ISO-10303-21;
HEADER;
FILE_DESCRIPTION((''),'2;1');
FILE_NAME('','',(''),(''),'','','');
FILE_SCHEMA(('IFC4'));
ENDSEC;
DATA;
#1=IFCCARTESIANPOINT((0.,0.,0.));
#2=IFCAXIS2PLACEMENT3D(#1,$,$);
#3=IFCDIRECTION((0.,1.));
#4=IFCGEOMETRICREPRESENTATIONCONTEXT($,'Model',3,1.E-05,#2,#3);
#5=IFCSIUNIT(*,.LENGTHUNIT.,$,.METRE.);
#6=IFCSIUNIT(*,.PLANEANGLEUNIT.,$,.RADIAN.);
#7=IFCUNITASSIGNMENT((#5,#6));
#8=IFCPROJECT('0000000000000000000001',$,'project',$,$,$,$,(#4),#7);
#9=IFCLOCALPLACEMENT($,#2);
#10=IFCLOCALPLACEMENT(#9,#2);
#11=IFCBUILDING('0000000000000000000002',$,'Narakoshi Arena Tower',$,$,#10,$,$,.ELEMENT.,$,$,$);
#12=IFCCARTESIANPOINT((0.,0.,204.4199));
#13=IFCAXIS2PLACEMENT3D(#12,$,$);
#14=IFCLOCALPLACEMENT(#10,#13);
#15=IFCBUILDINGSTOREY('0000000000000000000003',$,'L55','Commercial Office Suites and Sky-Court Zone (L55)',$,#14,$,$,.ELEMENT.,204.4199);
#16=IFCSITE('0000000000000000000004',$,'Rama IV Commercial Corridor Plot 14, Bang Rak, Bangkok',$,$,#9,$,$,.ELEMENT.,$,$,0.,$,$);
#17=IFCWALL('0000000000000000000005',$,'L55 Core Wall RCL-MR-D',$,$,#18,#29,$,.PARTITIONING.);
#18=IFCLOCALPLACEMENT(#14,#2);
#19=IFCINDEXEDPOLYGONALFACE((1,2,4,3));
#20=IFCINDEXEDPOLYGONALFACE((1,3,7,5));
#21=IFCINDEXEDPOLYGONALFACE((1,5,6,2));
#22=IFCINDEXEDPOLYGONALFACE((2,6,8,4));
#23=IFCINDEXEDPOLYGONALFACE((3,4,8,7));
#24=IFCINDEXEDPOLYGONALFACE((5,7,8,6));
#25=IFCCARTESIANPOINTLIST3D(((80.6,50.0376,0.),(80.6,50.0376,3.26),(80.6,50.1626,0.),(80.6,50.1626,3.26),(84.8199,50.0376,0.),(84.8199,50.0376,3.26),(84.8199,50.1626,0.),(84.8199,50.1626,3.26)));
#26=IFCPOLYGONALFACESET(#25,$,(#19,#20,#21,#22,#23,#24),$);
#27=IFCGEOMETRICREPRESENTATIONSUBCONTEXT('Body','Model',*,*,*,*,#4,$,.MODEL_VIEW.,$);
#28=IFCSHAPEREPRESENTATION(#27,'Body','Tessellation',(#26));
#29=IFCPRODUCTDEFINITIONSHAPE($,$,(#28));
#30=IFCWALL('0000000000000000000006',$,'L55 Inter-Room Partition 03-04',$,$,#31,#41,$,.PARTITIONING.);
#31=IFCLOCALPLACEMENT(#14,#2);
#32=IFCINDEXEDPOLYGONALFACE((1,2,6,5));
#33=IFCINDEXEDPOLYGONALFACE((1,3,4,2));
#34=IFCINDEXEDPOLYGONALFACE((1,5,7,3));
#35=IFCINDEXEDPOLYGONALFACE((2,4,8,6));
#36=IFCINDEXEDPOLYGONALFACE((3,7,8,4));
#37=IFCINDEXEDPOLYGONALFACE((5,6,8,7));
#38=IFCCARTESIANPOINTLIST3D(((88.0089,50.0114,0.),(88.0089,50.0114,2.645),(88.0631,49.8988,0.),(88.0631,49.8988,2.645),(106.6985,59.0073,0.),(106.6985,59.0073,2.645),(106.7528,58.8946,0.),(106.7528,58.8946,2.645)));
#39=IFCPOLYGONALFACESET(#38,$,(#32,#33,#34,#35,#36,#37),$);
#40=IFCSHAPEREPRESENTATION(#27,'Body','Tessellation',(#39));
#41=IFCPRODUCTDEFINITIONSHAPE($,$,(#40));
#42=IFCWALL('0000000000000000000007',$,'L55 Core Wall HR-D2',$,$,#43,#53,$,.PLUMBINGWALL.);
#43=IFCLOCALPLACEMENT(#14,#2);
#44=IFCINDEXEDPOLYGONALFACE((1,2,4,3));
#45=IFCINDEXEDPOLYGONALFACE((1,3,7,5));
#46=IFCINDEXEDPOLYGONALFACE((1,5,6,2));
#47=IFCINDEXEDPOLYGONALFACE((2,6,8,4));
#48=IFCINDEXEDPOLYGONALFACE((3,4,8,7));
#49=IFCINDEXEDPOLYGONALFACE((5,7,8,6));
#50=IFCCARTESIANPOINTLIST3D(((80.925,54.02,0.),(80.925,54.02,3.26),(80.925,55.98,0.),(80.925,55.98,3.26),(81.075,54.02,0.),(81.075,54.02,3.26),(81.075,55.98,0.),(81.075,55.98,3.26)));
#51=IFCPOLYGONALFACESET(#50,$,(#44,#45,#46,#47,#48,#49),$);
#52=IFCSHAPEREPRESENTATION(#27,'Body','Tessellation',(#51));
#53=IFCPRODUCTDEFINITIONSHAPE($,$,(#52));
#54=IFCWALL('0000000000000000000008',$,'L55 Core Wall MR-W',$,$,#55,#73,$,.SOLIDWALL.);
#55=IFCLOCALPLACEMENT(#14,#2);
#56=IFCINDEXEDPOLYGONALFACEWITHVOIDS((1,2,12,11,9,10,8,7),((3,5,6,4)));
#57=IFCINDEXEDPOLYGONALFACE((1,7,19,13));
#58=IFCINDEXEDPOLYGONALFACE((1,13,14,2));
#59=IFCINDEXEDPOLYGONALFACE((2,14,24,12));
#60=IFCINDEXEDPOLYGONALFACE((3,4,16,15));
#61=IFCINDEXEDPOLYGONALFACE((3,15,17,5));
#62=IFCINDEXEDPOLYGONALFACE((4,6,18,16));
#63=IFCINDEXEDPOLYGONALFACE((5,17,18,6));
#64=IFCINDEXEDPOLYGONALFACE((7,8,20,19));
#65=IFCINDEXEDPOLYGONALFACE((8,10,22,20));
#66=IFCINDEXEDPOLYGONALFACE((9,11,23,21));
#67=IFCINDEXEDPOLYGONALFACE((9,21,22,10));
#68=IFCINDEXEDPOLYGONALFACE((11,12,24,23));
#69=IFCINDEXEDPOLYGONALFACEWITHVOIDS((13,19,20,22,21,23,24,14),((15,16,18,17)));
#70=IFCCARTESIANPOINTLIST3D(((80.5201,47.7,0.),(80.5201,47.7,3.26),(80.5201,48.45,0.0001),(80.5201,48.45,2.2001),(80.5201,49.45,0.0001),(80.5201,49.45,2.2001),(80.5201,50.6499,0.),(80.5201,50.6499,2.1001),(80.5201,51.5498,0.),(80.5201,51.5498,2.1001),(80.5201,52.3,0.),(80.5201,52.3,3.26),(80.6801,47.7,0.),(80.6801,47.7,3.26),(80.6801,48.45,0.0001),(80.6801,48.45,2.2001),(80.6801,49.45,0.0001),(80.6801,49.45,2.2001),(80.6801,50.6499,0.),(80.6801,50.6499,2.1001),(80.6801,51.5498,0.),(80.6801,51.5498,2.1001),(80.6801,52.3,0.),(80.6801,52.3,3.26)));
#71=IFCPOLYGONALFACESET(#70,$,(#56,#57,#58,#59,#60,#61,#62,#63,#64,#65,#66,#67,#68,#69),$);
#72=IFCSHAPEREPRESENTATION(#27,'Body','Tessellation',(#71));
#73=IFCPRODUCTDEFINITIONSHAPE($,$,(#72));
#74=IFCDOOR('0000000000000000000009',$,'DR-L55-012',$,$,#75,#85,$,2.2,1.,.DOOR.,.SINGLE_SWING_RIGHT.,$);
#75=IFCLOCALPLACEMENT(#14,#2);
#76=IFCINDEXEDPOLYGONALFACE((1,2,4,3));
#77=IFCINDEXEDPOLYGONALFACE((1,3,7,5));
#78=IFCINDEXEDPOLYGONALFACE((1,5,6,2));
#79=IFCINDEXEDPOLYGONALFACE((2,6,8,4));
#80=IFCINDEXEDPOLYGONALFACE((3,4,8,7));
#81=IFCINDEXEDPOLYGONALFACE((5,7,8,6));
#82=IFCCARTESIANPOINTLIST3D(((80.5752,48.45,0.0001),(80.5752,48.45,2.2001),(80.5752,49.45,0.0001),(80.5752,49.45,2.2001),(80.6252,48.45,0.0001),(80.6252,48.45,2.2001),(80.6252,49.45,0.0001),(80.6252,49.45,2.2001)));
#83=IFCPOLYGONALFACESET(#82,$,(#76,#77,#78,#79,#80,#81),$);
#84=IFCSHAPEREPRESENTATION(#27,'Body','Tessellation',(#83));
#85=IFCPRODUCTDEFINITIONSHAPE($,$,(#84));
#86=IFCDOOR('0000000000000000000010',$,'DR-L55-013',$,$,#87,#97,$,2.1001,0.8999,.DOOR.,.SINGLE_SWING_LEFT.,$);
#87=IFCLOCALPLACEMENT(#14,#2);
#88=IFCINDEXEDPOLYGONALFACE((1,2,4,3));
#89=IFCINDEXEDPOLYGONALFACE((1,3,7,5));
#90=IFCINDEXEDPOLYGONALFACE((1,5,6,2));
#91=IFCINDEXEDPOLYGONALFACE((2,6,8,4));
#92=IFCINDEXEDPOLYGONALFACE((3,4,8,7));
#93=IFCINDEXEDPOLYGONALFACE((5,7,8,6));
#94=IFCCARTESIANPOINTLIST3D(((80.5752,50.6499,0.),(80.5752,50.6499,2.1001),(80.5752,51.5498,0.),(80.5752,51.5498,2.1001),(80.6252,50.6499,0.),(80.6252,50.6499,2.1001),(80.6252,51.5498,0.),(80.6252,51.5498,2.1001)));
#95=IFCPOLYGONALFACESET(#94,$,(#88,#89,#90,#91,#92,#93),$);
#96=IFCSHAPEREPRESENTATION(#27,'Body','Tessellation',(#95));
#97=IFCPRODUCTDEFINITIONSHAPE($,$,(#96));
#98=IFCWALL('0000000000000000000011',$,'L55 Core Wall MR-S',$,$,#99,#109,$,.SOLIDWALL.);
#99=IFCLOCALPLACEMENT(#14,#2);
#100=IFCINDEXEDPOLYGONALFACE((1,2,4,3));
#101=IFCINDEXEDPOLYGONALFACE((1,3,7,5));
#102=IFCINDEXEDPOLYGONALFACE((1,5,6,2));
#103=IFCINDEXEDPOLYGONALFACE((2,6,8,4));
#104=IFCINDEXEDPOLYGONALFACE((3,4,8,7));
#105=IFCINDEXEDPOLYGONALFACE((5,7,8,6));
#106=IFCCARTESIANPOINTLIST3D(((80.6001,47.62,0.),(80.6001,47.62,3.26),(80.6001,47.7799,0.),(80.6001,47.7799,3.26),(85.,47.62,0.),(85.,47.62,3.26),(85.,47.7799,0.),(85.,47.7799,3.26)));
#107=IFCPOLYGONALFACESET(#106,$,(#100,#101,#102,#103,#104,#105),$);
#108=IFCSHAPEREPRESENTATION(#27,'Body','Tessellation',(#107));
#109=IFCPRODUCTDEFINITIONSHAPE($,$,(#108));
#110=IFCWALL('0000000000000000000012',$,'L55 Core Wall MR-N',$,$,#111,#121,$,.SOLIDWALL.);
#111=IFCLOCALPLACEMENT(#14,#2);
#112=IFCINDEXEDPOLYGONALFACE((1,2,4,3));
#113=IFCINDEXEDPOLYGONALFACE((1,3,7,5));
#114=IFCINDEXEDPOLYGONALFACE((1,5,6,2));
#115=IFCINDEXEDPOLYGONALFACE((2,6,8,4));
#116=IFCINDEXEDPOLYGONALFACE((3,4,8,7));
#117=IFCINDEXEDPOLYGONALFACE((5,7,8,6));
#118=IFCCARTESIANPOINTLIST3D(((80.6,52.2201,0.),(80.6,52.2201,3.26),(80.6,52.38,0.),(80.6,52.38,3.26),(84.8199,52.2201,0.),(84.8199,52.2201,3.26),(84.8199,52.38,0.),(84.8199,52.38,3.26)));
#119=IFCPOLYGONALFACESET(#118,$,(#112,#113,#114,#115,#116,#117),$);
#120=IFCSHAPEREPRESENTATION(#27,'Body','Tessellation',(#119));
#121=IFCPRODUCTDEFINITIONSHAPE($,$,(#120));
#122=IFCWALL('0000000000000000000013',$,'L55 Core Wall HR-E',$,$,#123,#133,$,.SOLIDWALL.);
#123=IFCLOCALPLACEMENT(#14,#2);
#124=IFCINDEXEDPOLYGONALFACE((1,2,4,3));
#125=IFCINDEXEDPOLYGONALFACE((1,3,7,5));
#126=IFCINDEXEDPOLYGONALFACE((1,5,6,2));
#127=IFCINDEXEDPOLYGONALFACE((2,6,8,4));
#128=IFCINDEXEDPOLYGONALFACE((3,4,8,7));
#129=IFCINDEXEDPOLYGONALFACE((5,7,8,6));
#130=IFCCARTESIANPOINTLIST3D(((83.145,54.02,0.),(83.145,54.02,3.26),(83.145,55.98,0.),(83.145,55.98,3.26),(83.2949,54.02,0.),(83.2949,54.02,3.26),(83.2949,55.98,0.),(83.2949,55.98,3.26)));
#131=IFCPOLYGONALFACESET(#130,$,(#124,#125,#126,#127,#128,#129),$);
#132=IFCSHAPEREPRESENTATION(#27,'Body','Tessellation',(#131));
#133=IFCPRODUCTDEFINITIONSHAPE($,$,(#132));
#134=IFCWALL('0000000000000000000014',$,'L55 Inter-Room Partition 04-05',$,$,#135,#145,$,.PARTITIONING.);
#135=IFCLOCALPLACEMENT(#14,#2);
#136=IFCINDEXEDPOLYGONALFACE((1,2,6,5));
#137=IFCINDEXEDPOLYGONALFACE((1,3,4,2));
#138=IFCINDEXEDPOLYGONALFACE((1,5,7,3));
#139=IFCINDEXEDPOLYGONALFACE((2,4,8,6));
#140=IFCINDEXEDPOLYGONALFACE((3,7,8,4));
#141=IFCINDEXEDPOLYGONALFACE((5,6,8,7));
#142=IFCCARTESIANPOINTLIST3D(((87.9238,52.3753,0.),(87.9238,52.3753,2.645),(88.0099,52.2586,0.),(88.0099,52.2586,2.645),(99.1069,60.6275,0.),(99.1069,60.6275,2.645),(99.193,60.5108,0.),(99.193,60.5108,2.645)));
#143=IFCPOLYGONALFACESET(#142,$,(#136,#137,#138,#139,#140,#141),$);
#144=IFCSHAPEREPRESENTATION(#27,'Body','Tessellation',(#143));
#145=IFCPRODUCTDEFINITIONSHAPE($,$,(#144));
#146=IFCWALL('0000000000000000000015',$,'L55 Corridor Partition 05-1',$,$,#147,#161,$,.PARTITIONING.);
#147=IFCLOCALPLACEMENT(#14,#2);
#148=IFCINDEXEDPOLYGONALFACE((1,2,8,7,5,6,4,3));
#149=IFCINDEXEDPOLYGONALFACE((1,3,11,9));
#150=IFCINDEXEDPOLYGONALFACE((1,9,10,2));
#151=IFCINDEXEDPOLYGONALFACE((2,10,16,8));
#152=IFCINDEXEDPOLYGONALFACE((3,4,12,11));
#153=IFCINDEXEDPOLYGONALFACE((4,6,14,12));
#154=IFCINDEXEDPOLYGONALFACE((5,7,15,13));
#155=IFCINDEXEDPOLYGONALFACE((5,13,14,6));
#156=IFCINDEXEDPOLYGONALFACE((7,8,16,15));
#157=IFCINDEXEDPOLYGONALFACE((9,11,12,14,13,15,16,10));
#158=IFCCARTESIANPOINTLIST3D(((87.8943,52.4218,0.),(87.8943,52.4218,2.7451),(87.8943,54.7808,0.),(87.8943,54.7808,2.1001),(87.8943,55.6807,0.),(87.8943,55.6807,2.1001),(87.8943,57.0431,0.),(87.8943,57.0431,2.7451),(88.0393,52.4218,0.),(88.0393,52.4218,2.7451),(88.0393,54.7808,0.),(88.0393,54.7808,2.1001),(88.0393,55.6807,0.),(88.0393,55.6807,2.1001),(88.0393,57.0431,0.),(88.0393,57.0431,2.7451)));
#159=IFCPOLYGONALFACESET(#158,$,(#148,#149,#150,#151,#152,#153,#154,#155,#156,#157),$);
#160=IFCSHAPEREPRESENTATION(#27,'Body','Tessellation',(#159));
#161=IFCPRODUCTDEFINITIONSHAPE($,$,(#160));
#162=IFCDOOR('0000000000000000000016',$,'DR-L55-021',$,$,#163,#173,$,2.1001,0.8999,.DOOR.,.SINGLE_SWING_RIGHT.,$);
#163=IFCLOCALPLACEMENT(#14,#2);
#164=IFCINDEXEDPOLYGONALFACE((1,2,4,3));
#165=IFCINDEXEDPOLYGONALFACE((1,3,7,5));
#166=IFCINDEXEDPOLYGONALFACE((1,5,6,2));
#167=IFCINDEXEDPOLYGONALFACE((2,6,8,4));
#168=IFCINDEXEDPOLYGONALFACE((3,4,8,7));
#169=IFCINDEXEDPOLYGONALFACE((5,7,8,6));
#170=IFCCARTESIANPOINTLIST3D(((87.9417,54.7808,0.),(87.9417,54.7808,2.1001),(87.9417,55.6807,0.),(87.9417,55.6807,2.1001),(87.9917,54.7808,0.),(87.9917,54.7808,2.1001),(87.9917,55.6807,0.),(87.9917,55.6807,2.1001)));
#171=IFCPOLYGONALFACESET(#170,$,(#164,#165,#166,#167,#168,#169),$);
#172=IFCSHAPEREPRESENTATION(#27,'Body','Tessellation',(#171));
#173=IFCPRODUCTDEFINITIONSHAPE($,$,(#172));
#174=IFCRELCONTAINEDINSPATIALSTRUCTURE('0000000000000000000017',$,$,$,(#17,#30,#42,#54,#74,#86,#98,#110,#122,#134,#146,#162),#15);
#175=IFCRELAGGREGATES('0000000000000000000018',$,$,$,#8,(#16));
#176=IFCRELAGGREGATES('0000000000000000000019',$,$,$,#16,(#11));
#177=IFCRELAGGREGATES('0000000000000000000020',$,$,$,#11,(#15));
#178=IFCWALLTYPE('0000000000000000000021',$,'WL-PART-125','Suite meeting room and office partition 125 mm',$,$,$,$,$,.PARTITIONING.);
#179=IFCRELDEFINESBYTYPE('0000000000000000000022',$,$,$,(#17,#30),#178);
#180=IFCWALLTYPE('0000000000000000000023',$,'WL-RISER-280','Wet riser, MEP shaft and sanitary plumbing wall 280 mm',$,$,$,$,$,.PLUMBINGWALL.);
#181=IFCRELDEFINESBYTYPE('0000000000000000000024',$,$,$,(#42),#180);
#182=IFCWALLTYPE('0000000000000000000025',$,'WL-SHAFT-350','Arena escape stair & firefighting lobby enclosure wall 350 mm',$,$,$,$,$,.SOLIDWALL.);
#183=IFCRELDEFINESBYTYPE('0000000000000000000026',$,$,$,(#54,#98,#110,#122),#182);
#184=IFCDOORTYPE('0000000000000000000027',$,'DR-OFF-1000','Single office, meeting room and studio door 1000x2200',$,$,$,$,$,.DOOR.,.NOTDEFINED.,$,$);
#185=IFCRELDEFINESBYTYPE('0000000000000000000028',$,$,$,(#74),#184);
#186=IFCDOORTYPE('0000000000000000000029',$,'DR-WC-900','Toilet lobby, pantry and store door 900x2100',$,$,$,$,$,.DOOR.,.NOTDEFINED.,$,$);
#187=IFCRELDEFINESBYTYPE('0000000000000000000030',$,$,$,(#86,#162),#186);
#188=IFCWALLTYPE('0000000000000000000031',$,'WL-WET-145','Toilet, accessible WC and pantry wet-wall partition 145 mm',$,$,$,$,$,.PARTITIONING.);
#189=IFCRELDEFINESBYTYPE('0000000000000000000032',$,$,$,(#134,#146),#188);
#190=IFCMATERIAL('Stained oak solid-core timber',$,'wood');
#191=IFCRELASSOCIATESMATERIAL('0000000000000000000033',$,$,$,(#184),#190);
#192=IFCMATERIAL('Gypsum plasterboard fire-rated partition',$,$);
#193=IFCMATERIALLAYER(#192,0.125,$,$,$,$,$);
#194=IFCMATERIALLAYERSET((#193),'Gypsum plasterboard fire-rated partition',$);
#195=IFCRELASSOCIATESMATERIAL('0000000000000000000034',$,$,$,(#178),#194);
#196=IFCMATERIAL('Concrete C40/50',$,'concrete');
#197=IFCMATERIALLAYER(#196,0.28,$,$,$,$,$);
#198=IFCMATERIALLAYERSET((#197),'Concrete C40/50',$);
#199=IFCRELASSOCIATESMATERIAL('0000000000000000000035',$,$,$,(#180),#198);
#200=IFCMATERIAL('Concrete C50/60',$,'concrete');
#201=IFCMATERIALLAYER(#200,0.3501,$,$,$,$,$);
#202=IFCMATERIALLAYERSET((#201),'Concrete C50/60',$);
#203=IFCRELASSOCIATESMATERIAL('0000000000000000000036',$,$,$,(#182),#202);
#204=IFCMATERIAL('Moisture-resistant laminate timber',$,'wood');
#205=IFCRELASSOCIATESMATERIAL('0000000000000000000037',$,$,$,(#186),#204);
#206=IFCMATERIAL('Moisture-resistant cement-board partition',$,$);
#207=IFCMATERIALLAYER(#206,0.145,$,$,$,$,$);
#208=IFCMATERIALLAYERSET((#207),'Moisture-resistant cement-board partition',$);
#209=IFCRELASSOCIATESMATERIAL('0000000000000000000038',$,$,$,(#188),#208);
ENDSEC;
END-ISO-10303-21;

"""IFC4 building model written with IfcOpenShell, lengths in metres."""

from ifc_helpers import new_model, si_unit, direction, frame, frame_2d, origin, place, context, subcontext, project, spatial, rectangle, extrude, material, layer, layer_set, type_object, element, fill, save


model = new_model("IFC4")

# Units and contexts
model_context = context("Model", 3, precision=1e-05, world=origin(), true_north=direction((0.0, 1.0)))
body_context = subcontext(model_context, "Body", "Model", "MODEL_VIEW")
ifc_project = project(units=[si_unit("LENGTHUNIT", "METRE"), si_unit("PLANEANGLEUNIT", "RADIAN")], contexts=[model_context])

# Site, building, storey
site_placement = place(None, origin())
site = spatial("IfcSite", under=ifc_project, at=site_placement, Name="Rama IV Commercial Corridor Plot 14, Bang Rak, Bangkok", CompositionType="ELEMENT", RefElevation=0.0)
building_placement = place(site_placement, origin())
building = spatial("IfcBuilding", under=site, at=building_placement, Name="Narakoshi Arena Tower", CompositionType="ELEMENT")
storey_placement = place(building_placement, frame((0.0, 0.0, 204.4199)))
storey = spatial("IfcBuildingStorey", under=building, at=storey_placement, Name="L55", Description="Commercial Office Suites and Sky-Court Zone (L55)", CompositionType="ELEMENT", Elevation=204.4199)

# Shared definitions
ifc_material_1 = material(Name="Gypsum plasterboard fire-rated partition")
ifc_material_2 = material(Name="Stained oak solid-core timber", Category="wood")
door_type_1 = type_object("IfcDoorType", Name="DR-OFF-1000", Description="Single office, meeting room and studio door 1000x2200", OperationType="NOTDEFINED", PredefinedType="DOOR", material=ifc_material_2)

# Walls
ifc_layer_1 = layer(ifc_material_1, 0.125)
ifc_layer_set_1 = layer_set([ifc_layer_1], Name="Gypsum plasterboard fire-rated partition")
wall_type_1 = type_object("IfcWallType", Name="WL-PART-125", Description="Suite meeting room and office partition 125 mm", PredefinedType="PARTITIONING", material=ifc_layer_set_1)
wall_1_placement = place(storey_placement, frame((80.6001, 50.1001, 0.0), z_axis=(0.0, 0.0, 1.0), x_axis=(1.0, 0.0, 0.0)))
element("IfcWall", 1, at=wall_1_placement, inside=storey, type_object=wall_type_1, Name="L55 Core Wall RCL-MR-D", PredefinedType="PARTITIONING", context=body_context, shape_type="SweptSolid", body=[
    extrude(rectangle(XDim=4.22, YDim=0.125, at=frame_2d((2.1099, 0.0))), origin(), (0.0, 0.0, 1.0), 3.26),
])
wall_2_placement = place(storey_placement, frame((88.0359, 49.9551, 0.0), z_axis=(0.0, 0.0, 1.0), x_axis=(0.901056, 0.433702, 0.0)))
element("IfcWall", 2, at=wall_2_placement, inside=storey, type_object=wall_type_1, Name="L55 Inter-Room Partition 03-04", PredefinedType="PARTITIONING", context=body_context, shape_type="SweptSolid", body=[
    extrude(rectangle(XDim=20.7419, YDim=0.125, at=frame_2d((10.3711, 0.0))), origin(), (0.0, 0.0, 1.0), 2.645),
])
ifc_material_3 = material(Name="Concrete C40/50", Category="concrete")
ifc_layer_2 = layer(ifc_material_3, 0.28)
ifc_layer_set_2 = layer_set([ifc_layer_2], Name="Concrete C40/50")
wall_type_2 = type_object("IfcWallType", Name="WL-RISER-280", Description="Wet riser, MEP shaft and sanitary plumbing wall 280 mm", PredefinedType="PLUMBINGWALL", material=ifc_layer_set_2)
wall_3_placement = place(storey_placement, frame((81.0, 54.02, 0.0), z_axis=(0.0, 0.0, 1.0), x_axis=(0.0, 1.0, 0.0)))
element("IfcWall", 3, at=wall_3_placement, inside=storey, type_object=wall_type_2, Name="L55 Core Wall HR-D2", PredefinedType="PLUMBINGWALL", context=body_context, shape_type="SweptSolid", body=[
    extrude(rectangle(XDim=1.96, YDim=0.1499, at=frame_2d((0.98, 0.0))), origin(), (0.0, 0.0, 1.0), 3.26),
])

# Wall, openings, doors
ifc_material_4 = material(Name="Concrete C50/60", Category="concrete")
ifc_layer_3 = layer(ifc_material_4, 0.3501)
ifc_layer_set_3 = layer_set([ifc_layer_3], Name="Concrete C50/60")
wall_type_3 = type_object("IfcWallType", Name="WL-SHAFT-350", Description="Arena escape stair & firefighting lobby enclosure wall 350 mm", PredefinedType="SOLIDWALL", material=ifc_layer_set_3)
wall_4_placement = place(storey_placement, frame((80.6001, 47.7, 0.0), z_axis=(0.0, 0.0, 1.0), x_axis=(0.0, 1.0, 0.0)))
wall_4 = element("IfcWall", 4, at=wall_4_placement, inside=storey, type_object=wall_type_3, Name="L55 Core Wall MR-W", PredefinedType="SOLIDWALL", context=body_context, shape_type="SweptSolid", body=[
    extrude(rectangle(XDim=4.6001, YDim=0.1599, at=frame_2d((2.3, 0.0))), origin(), (0.0, 0.0, 1.0), 3.26),
])
opening_1_placement = place(wall_4_placement, frame((0.75, 0.0, 0.0)))
opening_1 = element("IfcOpeningElement", 5, at=opening_1_placement, cuts=wall_4, PredefinedType="OPENING", context=body_context, shape_type="SweptSolid", body=[
    extrude(rectangle(XDim=1.0, YDim=2.2, at=frame_2d((0.5, 1.1001))), frame((0.0, 0.0898, 0.0), z_axis=(0.0, -1.0, 0.0), x_axis=(1.0, 0.0, 0.0)), (0.0, 0.0, 1.0), 0.1799),
])
opening_2_placement = place(wall_4_placement, frame((2.95, 0.0, 0.0)))
opening_2 = element("IfcOpeningElement", 6, at=opening_2_placement, cuts=wall_4, PredefinedType="OPENING", context=body_context, shape_type="SweptSolid", body=[
    extrude(rectangle(XDim=0.8999, YDim=2.1001, at=frame_2d((0.45, 1.05))), frame((0.0, 0.0898, 0.0), z_axis=(0.0, -1.0, 0.0), x_axis=(1.0, 0.0, 0.0)), (0.0, 0.0, 1.0), 0.1799),
])
door_1_placement = place(opening_1_placement, origin())
door_1 = element("IfcDoor", 7, at=door_1_placement, inside=storey, type_object=door_type_1, Name="DR-L55-012", OperationType="SINGLE_SWING_RIGHT", OverallHeight=2.2, OverallWidth=1.0, PredefinedType="DOOR", context=body_context, shape_type="SweptSolid", body=[
    extrude(rectangle(XDim=1.0, YDim=2.2, at=frame_2d((0.5, 1.1001))), frame((0.0, 0.0249, 0.0), z_axis=(0.0, -1.0, 0.0), x_axis=(1.0, 0.0, 0.0)), (0.0, 0.0, 1.0), 0.05),
])
fill(opening_1, door_1)
ifc_material_5 = material(Name="Moisture-resistant laminate timber", Category="wood")
door_type_2 = type_object("IfcDoorType", Name="DR-WC-900", Description="Toilet lobby, pantry and store door 900x2100", OperationType="NOTDEFINED", PredefinedType="DOOR", material=ifc_material_5)
door_2_placement = place(opening_2_placement, origin())
door_2 = element("IfcDoor", 8, at=door_2_placement, inside=storey, type_object=door_type_2, Name="DR-L55-013", OperationType="SINGLE_SWING_LEFT", OverallHeight=2.1001, OverallWidth=0.8999, PredefinedType="DOOR", context=body_context, shape_type="SweptSolid", body=[
    extrude(rectangle(XDim=0.8999, YDim=2.1001, at=frame_2d((0.45, 1.05))), frame((0.0, 0.0249, 0.0), z_axis=(0.0, -1.0, 0.0), x_axis=(1.0, 0.0, 0.0)), (0.0, 0.0, 1.0), 0.05),
])
fill(opening_2, door_2)

# Walls
wall_5_placement = place(storey_placement, frame((80.6001, 47.7, 0.0), z_axis=(0.0, 0.0, 1.0), x_axis=(1.0, 0.0, 0.0)))
element("IfcWall", 9, at=wall_5_placement, inside=storey, type_object=wall_type_3, Name="L55 Core Wall MR-S", PredefinedType="SOLIDWALL", context=body_context, shape_type="SweptSolid", body=[
    extrude(rectangle(XDim=4.3999, YDim=0.1599, at=frame_2d((2.2, 0.0))), origin(), (0.0, 0.0, 1.0), 3.26),
])
wall_6_placement = place(storey_placement, frame((80.6001, 52.3, 0.0), z_axis=(0.0, 0.0, 1.0), x_axis=(1.0, 0.0, 0.0)))
element("IfcWall", 10, at=wall_6_placement, inside=storey, type_object=wall_type_3, Name="L55 Core Wall MR-N", PredefinedType="SOLIDWALL", context=body_context, shape_type="SweptSolid", body=[
    extrude(rectangle(XDim=4.22, YDim=0.1599, at=frame_2d((2.1099, 0.0))), origin(), (0.0, 0.0, 1.0), 3.26),
])
wall_7_placement = place(storey_placement, frame((83.22, 54.02, 0.0), z_axis=(0.0, 0.0, 1.0), x_axis=(0.0, 1.0, 0.0)))
element("IfcWall", 11, at=wall_7_placement, inside=storey, type_object=wall_type_3, Name="L55 Core Wall HR-E", PredefinedType="SOLIDWALL", context=body_context, shape_type="SweptSolid", body=[
    extrude(rectangle(XDim=1.96, YDim=0.1499, at=frame_2d((0.98, 0.0))), origin(), (0.0, 0.0, 1.0), 3.26),
])
ifc_material_6 = material(Name="Moisture-resistant cement-board partition")
ifc_layer_4 = layer(ifc_material_6, 0.145)
ifc_layer_set_4 = layer_set([ifc_layer_4], Name="Moisture-resistant cement-board partition")
wall_type_4 = type_object("IfcWallType", Name="WL-WET-145", Description="Toilet, accessible WC and pantry wet-wall partition 145 mm", PredefinedType="PARTITIONING", material=ifc_layer_set_4)
wall_8_placement = place(storey_placement, frame((87.9668, 52.3169, 0.0), z_axis=(0.0, 0.0, 1.0), x_axis=(0.804643, 0.593759, 0.0)))
element("IfcWall", 12, at=wall_8_placement, inside=storey, type_object=wall_type_4, Name="L55 Inter-Room Partition 04-05", PredefinedType="PARTITIONING", context=body_context, shape_type="SweptSolid", body=[
    extrude(rectangle(XDim=13.8982, YDim=0.145, at=frame_2d((6.9492, 0.0))), origin(), (0.0, 0.0, 1.0), 2.645),
])

# Wall, opening, door
wall_9_placement = place(storey_placement, frame((87.9668, 52.4219, 0.0), z_axis=(0.0, 0.0, 1.0), x_axis=(0.0, 1.0, 0.0)))
wall_9 = element("IfcWall", 13, at=wall_9_placement, inside=storey, type_object=wall_type_4, Name="L55 Corridor Partition 05-1", PredefinedType="PARTITIONING", context=body_context, shape_type="SweptSolid", body=[
    extrude(rectangle(XDim=4.6213, YDim=0.145, at=frame_2d((2.3105, 0.0))), origin(), (0.0, 0.0, 1.0), 2.7451),
])
opening_3_placement = place(wall_9_placement, frame((2.3589, 0.0, 0.0)))
opening_3 = element("IfcOpeningElement", 14, at=opening_3_placement, cuts=wall_9, PredefinedType="OPENING", context=body_context, shape_type="SweptSolid", body=[
    extrude(rectangle(XDim=0.8999, YDim=2.1001, at=frame_2d((0.45, 1.05))), frame((0.0, 0.0825, 0.0), z_axis=(0.0, -1.0, 0.0), x_axis=(1.0, 0.0, 0.0)), (0.0, 0.0, 1.0), 0.165),
])
door_3_placement = place(opening_3_placement, frame((0.8999, 0.0, 0.0), z_axis=(0.0, 0.0, 1.0), x_axis=(-1.0, 0.0, 0.0)))
door_3 = element("IfcDoor", 15, at=door_3_placement, inside=storey, type_object=door_type_2, Name="DR-L55-021", OperationType="SINGLE_SWING_RIGHT", OverallHeight=2.1001, OverallWidth=0.8999, PredefinedType="DOOR", context=body_context, shape_type="SweptSolid", body=[
    extrude(rectangle(XDim=0.8999, YDim=2.1001, at=frame_2d((0.45, 1.05))), frame((0.0, 0.0249, 0.0), z_axis=(0.0, -1.0, 0.0), x_axis=(1.0, 0.0, 0.0)), (0.0, 0.0, 1.0), 0.05),
])
fill(opening_3, door_3)

save(model, "model.ifc")
